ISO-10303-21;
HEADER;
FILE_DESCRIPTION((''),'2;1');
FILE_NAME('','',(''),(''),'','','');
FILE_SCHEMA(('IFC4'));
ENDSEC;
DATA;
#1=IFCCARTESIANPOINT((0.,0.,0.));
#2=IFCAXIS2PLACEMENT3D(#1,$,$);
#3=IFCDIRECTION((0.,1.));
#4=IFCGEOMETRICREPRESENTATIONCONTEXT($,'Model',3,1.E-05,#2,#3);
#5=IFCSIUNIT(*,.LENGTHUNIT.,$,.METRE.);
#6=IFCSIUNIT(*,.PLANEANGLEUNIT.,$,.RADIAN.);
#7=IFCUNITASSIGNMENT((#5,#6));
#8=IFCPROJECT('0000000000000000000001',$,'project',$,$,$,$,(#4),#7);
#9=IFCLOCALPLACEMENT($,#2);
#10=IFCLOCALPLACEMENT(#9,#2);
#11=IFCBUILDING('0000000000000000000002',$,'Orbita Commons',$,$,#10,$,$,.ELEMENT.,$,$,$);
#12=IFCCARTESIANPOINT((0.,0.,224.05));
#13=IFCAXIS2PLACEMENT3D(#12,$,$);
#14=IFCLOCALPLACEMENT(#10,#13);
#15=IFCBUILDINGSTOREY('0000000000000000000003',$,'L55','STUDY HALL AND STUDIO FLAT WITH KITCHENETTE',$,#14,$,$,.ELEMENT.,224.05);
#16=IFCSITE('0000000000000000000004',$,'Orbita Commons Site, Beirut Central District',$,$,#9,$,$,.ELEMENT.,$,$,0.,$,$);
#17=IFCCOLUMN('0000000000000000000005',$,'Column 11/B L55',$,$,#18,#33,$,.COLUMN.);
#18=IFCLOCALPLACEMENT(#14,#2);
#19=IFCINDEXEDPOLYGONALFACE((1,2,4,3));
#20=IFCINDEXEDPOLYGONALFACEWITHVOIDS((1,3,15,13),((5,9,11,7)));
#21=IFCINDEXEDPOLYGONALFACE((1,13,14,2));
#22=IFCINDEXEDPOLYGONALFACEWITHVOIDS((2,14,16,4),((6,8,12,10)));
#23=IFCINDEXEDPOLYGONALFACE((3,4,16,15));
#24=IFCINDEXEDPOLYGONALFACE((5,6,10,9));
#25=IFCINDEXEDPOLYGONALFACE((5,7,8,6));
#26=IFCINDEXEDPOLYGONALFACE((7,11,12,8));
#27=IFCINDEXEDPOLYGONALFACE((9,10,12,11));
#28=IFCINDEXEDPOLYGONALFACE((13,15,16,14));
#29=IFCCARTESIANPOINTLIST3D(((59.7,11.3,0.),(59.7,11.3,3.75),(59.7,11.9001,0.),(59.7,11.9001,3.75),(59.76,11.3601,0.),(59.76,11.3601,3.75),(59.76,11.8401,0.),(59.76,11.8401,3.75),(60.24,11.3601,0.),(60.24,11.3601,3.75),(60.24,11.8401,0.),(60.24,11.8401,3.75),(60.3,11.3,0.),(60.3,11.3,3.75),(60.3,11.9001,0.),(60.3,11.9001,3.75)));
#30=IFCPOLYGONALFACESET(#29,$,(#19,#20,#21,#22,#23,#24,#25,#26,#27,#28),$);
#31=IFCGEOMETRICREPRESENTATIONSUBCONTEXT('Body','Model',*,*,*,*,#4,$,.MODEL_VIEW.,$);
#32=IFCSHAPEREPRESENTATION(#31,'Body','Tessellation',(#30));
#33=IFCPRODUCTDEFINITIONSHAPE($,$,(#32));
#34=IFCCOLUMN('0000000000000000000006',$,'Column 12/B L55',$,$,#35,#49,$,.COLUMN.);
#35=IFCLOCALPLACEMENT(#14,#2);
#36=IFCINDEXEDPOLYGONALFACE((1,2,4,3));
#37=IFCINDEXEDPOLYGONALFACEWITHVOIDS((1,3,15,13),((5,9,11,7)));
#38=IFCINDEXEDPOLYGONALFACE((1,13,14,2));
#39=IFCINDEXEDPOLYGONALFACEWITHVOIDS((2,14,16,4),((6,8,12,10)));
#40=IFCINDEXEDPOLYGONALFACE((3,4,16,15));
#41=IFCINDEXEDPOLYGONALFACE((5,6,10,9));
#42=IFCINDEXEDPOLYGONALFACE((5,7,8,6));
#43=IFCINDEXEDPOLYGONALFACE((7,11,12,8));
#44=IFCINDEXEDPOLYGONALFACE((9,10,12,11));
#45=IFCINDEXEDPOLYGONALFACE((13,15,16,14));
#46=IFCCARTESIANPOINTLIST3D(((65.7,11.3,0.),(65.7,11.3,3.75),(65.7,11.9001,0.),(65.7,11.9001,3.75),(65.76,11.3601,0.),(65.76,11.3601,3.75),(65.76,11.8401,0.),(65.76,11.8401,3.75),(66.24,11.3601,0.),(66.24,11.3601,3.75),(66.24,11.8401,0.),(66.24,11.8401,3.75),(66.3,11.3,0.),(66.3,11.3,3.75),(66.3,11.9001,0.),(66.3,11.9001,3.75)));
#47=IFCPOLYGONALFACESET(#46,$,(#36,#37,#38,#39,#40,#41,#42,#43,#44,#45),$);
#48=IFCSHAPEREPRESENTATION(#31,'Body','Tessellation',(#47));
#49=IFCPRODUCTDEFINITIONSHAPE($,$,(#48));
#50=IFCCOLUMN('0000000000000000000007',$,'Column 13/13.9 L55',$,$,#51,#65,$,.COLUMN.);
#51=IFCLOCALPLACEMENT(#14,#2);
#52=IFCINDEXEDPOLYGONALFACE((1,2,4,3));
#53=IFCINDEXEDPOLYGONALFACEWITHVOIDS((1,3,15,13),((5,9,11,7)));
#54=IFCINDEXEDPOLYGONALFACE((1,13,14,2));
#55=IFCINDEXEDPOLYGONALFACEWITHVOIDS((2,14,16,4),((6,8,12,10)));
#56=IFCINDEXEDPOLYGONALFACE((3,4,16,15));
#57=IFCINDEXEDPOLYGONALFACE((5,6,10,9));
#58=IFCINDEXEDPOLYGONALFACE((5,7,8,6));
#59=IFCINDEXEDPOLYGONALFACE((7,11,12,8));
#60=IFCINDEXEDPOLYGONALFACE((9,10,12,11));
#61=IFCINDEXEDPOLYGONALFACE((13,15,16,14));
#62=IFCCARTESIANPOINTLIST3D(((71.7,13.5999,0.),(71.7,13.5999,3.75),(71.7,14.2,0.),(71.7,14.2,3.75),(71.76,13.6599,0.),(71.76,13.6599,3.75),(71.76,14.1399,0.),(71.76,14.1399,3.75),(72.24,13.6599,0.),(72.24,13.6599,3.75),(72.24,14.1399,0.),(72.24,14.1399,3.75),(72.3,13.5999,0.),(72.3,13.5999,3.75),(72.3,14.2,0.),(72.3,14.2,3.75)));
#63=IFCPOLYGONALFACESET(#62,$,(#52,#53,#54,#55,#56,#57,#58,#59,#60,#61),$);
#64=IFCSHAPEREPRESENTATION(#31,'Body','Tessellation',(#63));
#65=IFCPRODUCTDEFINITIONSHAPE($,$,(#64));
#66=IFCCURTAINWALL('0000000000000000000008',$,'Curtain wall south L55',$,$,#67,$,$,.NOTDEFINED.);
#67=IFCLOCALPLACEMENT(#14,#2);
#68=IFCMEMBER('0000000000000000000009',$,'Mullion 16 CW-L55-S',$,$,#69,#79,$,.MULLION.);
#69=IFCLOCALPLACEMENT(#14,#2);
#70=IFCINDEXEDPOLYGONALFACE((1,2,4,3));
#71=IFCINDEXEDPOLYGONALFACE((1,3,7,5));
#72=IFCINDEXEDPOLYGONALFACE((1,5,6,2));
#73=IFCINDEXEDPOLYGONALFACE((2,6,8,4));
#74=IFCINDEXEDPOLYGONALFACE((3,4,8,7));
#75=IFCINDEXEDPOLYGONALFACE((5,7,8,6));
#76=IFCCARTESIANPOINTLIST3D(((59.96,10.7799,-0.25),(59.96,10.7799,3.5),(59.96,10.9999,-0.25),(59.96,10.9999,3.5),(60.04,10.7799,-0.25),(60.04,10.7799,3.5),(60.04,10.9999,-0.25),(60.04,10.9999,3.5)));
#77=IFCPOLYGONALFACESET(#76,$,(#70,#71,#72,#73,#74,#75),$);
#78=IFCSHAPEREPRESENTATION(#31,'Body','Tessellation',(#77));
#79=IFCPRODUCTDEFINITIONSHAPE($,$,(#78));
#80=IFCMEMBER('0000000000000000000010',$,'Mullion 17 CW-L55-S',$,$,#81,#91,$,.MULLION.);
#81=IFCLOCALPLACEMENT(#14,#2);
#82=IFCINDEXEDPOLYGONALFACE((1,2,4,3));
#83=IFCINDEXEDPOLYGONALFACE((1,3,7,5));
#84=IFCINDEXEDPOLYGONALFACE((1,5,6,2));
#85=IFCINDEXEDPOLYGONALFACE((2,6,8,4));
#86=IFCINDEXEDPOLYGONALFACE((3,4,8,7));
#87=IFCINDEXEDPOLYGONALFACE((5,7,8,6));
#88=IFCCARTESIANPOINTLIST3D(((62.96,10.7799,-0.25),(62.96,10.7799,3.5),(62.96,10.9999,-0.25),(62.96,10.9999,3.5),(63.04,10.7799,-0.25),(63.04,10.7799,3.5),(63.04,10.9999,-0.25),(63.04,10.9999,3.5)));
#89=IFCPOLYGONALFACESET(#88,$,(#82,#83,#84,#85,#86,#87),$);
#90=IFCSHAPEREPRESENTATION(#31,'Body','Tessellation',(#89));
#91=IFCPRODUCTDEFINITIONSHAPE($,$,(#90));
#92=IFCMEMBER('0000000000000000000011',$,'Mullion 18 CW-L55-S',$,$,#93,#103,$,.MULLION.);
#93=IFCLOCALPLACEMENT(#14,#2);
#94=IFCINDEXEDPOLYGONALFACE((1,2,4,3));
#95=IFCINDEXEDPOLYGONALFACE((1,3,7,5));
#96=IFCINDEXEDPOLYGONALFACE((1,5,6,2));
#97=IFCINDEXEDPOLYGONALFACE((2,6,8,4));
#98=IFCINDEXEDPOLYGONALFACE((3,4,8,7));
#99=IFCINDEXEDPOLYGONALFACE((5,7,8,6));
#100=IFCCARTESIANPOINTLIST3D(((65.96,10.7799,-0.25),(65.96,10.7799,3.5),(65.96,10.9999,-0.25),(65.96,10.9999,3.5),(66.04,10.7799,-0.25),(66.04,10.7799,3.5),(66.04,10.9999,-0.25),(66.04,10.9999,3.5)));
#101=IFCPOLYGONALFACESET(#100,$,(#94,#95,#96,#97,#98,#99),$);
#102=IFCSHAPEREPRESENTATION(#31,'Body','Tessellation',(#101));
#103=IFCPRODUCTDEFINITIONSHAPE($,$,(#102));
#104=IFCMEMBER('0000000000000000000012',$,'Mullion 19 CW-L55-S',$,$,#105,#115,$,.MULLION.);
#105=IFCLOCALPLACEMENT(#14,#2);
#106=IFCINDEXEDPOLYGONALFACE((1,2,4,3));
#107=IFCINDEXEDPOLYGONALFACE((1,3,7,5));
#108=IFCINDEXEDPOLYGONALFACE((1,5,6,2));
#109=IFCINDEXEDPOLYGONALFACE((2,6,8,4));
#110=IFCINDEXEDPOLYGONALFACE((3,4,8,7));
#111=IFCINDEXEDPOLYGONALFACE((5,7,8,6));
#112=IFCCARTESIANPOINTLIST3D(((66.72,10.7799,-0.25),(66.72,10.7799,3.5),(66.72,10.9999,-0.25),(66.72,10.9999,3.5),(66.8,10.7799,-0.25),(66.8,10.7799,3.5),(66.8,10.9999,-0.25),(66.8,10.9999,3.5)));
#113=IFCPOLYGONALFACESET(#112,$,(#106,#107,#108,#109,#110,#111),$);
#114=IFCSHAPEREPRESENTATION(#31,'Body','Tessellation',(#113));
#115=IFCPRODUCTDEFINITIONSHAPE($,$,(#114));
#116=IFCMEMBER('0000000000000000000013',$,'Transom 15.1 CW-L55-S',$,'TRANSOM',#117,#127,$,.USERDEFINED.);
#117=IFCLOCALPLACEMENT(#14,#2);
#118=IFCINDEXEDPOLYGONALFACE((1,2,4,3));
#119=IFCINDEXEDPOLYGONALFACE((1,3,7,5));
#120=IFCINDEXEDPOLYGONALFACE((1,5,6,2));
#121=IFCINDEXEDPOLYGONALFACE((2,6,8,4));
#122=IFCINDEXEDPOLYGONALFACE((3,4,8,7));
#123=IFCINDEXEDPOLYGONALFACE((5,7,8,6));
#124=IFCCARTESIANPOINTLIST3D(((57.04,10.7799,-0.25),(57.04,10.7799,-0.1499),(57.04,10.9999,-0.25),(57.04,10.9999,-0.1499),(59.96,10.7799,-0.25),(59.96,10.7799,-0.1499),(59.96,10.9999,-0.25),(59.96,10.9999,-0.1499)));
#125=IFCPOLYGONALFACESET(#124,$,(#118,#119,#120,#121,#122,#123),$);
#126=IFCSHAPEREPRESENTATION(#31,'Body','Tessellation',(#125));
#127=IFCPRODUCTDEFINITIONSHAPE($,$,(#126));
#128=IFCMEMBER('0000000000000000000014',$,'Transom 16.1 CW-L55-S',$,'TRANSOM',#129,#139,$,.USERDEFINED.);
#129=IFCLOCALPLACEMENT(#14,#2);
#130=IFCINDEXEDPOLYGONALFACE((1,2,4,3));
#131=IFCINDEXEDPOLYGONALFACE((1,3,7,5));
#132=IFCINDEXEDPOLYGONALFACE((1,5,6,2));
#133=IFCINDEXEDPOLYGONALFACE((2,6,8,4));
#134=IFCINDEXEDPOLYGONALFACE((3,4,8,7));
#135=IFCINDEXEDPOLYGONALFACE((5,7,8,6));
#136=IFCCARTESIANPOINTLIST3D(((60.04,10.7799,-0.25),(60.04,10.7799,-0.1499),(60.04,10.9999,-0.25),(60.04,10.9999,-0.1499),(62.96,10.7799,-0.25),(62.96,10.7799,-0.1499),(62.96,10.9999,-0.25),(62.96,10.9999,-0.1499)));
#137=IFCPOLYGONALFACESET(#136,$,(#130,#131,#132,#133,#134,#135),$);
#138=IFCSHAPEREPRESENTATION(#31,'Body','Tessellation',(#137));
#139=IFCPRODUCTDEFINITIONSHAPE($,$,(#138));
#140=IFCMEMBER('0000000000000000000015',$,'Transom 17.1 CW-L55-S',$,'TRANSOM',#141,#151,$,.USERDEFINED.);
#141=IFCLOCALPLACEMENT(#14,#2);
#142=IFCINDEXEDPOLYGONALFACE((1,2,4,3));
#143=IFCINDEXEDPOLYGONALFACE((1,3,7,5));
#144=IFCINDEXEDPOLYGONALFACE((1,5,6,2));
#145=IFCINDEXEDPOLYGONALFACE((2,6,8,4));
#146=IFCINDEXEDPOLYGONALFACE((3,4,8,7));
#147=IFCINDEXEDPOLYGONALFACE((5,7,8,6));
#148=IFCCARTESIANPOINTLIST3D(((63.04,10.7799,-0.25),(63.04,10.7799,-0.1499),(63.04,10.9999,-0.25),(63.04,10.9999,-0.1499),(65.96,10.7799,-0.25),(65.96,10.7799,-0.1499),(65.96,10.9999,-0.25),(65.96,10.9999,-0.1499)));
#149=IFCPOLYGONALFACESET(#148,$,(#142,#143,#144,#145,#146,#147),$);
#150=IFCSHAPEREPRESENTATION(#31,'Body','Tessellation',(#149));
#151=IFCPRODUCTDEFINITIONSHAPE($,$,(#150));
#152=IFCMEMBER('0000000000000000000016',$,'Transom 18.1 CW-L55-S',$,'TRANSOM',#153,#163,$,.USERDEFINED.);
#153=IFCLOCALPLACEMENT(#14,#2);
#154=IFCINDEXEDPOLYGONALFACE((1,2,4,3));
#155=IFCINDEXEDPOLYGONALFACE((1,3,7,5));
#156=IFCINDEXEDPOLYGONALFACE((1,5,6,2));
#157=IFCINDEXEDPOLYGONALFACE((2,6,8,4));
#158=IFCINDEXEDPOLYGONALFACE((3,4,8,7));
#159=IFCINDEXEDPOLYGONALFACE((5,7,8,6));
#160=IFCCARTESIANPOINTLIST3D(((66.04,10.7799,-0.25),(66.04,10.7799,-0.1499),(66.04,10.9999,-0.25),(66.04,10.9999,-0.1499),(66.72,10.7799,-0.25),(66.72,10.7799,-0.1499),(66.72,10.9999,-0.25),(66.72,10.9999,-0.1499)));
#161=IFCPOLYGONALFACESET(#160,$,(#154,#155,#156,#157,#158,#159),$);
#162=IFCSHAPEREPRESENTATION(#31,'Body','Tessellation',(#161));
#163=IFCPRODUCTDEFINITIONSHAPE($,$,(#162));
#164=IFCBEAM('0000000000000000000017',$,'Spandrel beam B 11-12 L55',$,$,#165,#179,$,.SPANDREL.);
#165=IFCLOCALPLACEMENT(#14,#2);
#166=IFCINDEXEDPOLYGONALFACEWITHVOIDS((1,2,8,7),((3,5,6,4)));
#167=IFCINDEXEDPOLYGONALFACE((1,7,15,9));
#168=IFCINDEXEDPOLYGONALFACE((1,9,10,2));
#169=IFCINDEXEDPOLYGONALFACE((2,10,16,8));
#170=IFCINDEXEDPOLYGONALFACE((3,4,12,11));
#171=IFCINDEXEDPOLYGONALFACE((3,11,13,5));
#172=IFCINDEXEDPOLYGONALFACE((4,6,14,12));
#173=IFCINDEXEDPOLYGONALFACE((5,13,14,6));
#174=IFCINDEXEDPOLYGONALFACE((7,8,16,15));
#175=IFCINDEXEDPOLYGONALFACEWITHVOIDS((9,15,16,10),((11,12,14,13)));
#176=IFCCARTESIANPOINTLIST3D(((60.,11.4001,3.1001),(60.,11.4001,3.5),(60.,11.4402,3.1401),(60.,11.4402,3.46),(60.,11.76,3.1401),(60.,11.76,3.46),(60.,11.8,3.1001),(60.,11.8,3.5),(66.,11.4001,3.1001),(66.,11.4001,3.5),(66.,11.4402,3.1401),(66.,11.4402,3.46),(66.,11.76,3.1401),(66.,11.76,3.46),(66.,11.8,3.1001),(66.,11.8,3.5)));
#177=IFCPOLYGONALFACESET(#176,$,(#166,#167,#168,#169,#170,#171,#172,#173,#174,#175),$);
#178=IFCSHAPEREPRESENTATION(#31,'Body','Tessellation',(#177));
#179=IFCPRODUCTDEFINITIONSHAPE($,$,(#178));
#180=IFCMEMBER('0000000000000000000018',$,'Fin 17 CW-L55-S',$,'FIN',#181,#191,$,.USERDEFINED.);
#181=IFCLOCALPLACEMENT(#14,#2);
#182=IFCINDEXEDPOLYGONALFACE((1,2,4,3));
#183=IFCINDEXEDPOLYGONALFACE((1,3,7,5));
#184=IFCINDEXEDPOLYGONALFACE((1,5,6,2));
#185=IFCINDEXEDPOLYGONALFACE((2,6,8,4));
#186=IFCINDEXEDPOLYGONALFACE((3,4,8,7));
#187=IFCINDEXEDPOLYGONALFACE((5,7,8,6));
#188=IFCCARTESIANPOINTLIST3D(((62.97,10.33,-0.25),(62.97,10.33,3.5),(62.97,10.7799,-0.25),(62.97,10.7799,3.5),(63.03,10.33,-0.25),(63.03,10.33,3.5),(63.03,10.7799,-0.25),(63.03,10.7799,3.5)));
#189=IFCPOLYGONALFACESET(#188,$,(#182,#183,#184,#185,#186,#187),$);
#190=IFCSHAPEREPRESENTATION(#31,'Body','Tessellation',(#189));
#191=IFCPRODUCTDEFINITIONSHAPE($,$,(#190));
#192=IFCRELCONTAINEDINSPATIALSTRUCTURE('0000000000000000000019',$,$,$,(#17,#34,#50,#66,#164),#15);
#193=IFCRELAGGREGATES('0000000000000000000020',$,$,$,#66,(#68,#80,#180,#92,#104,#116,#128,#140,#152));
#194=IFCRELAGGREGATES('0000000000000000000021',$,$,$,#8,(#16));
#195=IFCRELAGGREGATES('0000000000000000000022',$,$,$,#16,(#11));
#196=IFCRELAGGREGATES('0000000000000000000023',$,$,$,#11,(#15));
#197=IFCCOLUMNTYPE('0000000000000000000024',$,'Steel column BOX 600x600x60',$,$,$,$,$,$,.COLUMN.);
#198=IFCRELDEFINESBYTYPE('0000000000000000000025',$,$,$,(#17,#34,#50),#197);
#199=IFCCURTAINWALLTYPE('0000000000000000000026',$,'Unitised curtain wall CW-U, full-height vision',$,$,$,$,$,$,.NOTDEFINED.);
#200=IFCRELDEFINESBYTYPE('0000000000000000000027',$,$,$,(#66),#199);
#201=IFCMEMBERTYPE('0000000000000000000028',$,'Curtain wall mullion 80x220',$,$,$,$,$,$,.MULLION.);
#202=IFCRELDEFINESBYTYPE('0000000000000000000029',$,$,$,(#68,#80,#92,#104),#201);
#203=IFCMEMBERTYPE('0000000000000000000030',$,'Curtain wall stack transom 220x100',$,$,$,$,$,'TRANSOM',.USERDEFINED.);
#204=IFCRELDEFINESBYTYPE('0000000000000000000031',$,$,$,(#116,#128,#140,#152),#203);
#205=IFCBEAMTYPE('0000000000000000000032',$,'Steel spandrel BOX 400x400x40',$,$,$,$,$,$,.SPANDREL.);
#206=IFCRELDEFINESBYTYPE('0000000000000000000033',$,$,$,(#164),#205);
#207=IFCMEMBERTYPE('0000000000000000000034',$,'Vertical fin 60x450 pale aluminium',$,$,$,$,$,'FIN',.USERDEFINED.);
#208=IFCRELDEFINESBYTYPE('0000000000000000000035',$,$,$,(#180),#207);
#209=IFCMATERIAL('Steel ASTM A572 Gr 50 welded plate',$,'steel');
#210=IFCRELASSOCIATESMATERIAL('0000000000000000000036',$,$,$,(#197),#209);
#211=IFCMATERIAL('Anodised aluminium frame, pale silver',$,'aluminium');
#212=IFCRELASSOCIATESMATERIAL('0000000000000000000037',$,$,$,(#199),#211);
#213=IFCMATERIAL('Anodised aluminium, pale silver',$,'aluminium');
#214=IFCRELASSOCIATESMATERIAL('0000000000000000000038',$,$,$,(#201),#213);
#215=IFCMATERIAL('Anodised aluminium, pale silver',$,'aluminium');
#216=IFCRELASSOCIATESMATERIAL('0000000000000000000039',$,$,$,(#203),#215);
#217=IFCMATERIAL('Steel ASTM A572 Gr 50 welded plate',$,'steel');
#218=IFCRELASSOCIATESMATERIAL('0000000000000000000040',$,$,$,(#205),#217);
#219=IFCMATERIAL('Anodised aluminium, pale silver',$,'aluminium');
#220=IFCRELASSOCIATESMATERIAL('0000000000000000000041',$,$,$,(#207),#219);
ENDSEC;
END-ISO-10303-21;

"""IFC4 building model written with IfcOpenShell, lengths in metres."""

from ifc_helpers import new_model, si_unit, direction, frame, origin, origin_2d, place, context, subcontext, project, spatial, rectangle, hollow_rectangle, extrude, material, material_profile, profile_set, type_object, element, aggregate, save


model = new_model("IFC4")

# Units and contexts
model_context = context("Model", 3, precision=1e-05, world=origin(), true_north=direction((0.0, 1.0)))
body_context = subcontext(model_context, "Body", "Model", "MODEL_VIEW")
ifc_project = project(units=[si_unit("LENGTHUNIT", "METRE"), si_unit("PLANEANGLEUNIT", "RADIAN")], contexts=[model_context])

# Site, building, storey
site_placement = place(None, origin())
site = spatial("IfcSite", under=ifc_project, at=site_placement, Name="Orbita Commons Site, Beirut Central District", CompositionType="ELEMENT", RefElevation=0.0)
building_placement = place(site_placement, origin())
building = spatial("IfcBuilding", under=site, at=building_placement, Name="Orbita Commons", CompositionType="ELEMENT")
storey_placement = place(building_placement, frame((0.0, 0.0, 224.05)))
storey = spatial("IfcBuildingStorey", under=building, at=storey_placement, Name="L55", Description="STUDY HALL AND STUDIO FLAT WITH KITCHENETTE", CompositionType="ELEMENT", Elevation=224.05)

# Columns
ifc_material_1 = material(Name="Steel ASTM A572 Gr 50 welded plate", Category="steel")
ifc_material_profile_1 = material_profile(ifc_material_1, hollow_rectangle(XDim=0.6001, YDim=0.6001, WallThickness=0.0601, at=origin_2d()), Name="BOX 600x600x60")
ifc_profile_set_1 = profile_set([ifc_material_profile_1], Name="Steel ASTM A572 Gr 50 welded plate")
column_type = type_object("IfcColumnType", Name="Steel column BOX 600x600x60", PredefinedType="COLUMN", material=ifc_profile_set_1)
for number, where, z_axis, x_axis, name in (
    (1, (60.0, 11.6001, 0.0), (0.0, 0.0, 1.0), (1.0, 0.0, 0.0), "Column 11/B L55"),
    (2, (66.0, 11.6001, 0.0), (0.0, 0.0, 1.0), (1.0, 0.0, 0.0), "Column 12/B L55"),
    (3, (72.0, 13.8999, 0.0), (0.0, 0.0, 1.0), (1.0, 0.0, 0.0), "Column 13/13.9 L55"),
):
    element("IfcColumn", number, at=place(storey_placement, frame(where, z_axis=z_axis, x_axis=x_axis)), inside=storey, type_object=column_type, Name=name, PredefinedType="COLUMN", context=body_context, shape_type="SweptSolid", body=[
        extrude(hollow_rectangle(XDim=0.6001, YDim=0.6001, WallThickness=0.0601, at=origin_2d()), origin(), (0.0, 0.0, 1.0), 3.75),
    ])

# Curtain wall, members
ifc_material_2 = material(Name="Anodised aluminium frame, pale silver", Category="aluminium")
curtain_wall_type = type_object("IfcCurtainWallType", Name="Unitised curtain wall CW-U, full-height vision", PredefinedType="NOTDEFINED", material=ifc_material_2)
curtain_wall_placement = place(storey_placement, origin())
curtain_wall = element("IfcCurtainWall", 4, at=curtain_wall_placement, inside=storey, type_object=curtain_wall_type, Name="Curtain wall south L55", PredefinedType="NOTDEFINED")
ifc_material_3 = material(Name="Anodised aluminium, pale silver", Category="aluminium")
ifc_material_profile_2 = material_profile(ifc_material_3, rectangle(XDim=0.0801, YDim=0.22, at=origin_2d()), Name="AL 80x220")
ifc_profile_set_2 = profile_set([ifc_material_profile_2], Name="Anodised aluminium, pale silver")
member_type_1 = type_object("IfcMemberType", Name="Curtain wall mullion 80x220", PredefinedType="MULLION", material=ifc_profile_set_2)
member_1_placement = place(storey_placement, frame((60.0, 10.8899, -0.25), z_axis=(0.0, 0.0, 1.0), x_axis=(1.0, 0.0, 0.0)))
member_1 = element("IfcMember", 5, at=member_1_placement, type_object=member_type_1, Name="Mullion 16 CW-L55-S", PredefinedType="MULLION", context=body_context, shape_type="SweptSolid", body=[
    extrude(rectangle(XDim=0.0801, YDim=0.22, at=origin_2d()), origin(), (0.0, 0.0, 1.0), 3.75),
])
member_2_placement = place(storey_placement, frame((63.0, 10.8899, -0.25), z_axis=(0.0, 0.0, 1.0), x_axis=(1.0, 0.0, 0.0)))
member_2 = element("IfcMember", 6, at=member_2_placement, type_object=member_type_1, Name="Mullion 17 CW-L55-S", PredefinedType="MULLION", context=body_context, shape_type="SweptSolid", body=[
    extrude(rectangle(XDim=0.0801, YDim=0.22, at=origin_2d()), origin(), (0.0, 0.0, 1.0), 3.75),
])
member_3_placement = place(storey_placement, frame((66.0, 10.8899, -0.25), z_axis=(0.0, 0.0, 1.0), x_axis=(1.0, 0.0, 0.0)))
member_3 = element("IfcMember", 7, at=member_3_placement, type_object=member_type_1, Name="Mullion 18 CW-L55-S", PredefinedType="MULLION", context=body_context, shape_type="SweptSolid", body=[
    extrude(rectangle(XDim=0.0801, YDim=0.22, at=origin_2d()), origin(), (0.0, 0.0, 1.0), 3.75),
])
member_4_placement = place(storey_placement, frame((66.76, 10.8899, -0.25), z_axis=(0.0, 0.0, 1.0), x_axis=(1.0, 0.0, 0.0)))
member_4 = element("IfcMember", 8, at=member_4_placement, type_object=member_type_1, Name="Mullion 19 CW-L55-S", PredefinedType="MULLION", context=body_context, shape_type="SweptSolid", body=[
    extrude(rectangle(XDim=0.0801, YDim=0.22, at=origin_2d()), origin(), (0.0, 0.0, 1.0), 3.75),
])
ifc_material_4 = material(Name="Anodised aluminium, pale silver", Category="aluminium")
ifc_material_profile_3 = material_profile(ifc_material_4, rectangle(XDim=0.22, YDim=0.1001, at=origin_2d()), Name="AL 220x100")
ifc_profile_set_3 = profile_set([ifc_material_profile_3], Name="Anodised aluminium, pale silver")
member_type_2 = type_object("IfcMemberType", Name="Curtain wall stack transom 220x100", ElementType="TRANSOM", PredefinedType="USERDEFINED", material=ifc_profile_set_3)
member_5_placement = place(storey_placement, frame((57.04, 10.8899, -0.2), z_axis=(1.0, 0.0, 0.0), x_axis=(0.0, 1.0, 0.0)))
member_5 = element("IfcMember", 9, at=member_5_placement, type_object=member_type_2, Name="Transom 15.1 CW-L55-S", ObjectType="TRANSOM", PredefinedType="USERDEFINED", context=body_context, shape_type="SweptSolid", body=[
    extrude(rectangle(XDim=0.22, YDim=0.1001, at=origin_2d()), origin(), (0.0, 0.0, 1.0), 2.9199),
])
member_6_placement = place(storey_placement, frame((60.04, 10.8899, -0.2), z_axis=(1.0, 0.0, 0.0), x_axis=(0.0, 1.0, 0.0)))
member_6 = element("IfcMember", 10, at=member_6_placement, type_object=member_type_2, Name="Transom 16.1 CW-L55-S", ObjectType="TRANSOM", PredefinedType="USERDEFINED", context=body_context, shape_type="SweptSolid", body=[
    extrude(rectangle(XDim=0.22, YDim=0.1001, at=origin_2d()), origin(), (0.0, 0.0, 1.0), 2.9199),
])
member_7_placement = place(storey_placement, frame((63.04, 10.8899, -0.2), z_axis=(1.0, 0.0, 0.0), x_axis=(0.0, 1.0, 0.0)))
member_7 = element("IfcMember", 11, at=member_7_placement, type_object=member_type_2, Name="Transom 17.1 CW-L55-S", ObjectType="TRANSOM", PredefinedType="USERDEFINED", context=body_context, shape_type="SweptSolid", body=[
    extrude(rectangle(XDim=0.22, YDim=0.1001, at=origin_2d()), origin(), (0.0, 0.0, 1.0), 2.9199),
])
member_8_placement = place(storey_placement, frame((66.04, 10.8899, -0.2), z_axis=(1.0, 0.0, 0.0), x_axis=(0.0, 1.0, 0.0)))
member_8 = element("IfcMember", 12, at=member_8_placement, type_object=member_type_2, Name="Transom 18.1 CW-L55-S", ObjectType="TRANSOM", PredefinedType="USERDEFINED", context=body_context, shape_type="SweptSolid", body=[
    extrude(rectangle(XDim=0.22, YDim=0.1001, at=origin_2d()), origin(), (0.0, 0.0, 1.0), 0.6799),
])

# Beam
ifc_material_5 = material(Name="Steel ASTM A572 Gr 50 welded plate", Category="steel")
ifc_material_profile_4 = material_profile(ifc_material_5, hollow_rectangle(XDim=0.3999, YDim=0.3999, WallThickness=0.04, at=origin_2d()), Name="BOX 400x400x40")
ifc_profile_set_4 = profile_set([ifc_material_profile_4], Name="Steel ASTM A572 Gr 50 welded plate")
beam_type = type_object("IfcBeamType", Name="Steel spandrel BOX 400x400x40", PredefinedType="SPANDREL", material=ifc_profile_set_4)
beam_placement = place(storey_placement, frame((60.0, 11.6001, 3.3), z_axis=(1.0, 0.0, 0.0), x_axis=(0.0, 1.0, 0.0)))
element("IfcBeam", 13, at=beam_placement, inside=storey, type_object=beam_type, Name="Spandrel beam B 11-12 L55", PredefinedType="SPANDREL", context=body_context, shape_type="SweptSolid", body=[
    extrude(hollow_rectangle(XDim=0.3999, YDim=0.3999, WallThickness=0.04, at=origin_2d()), origin(), (0.0, 0.0, 1.0), 6.0),
])

# Member
ifc_material_6 = material(Name="Anodised aluminium, pale silver", Category="aluminium")
ifc_material_profile_5 = material_profile(ifc_material_6, rectangle(XDim=0.0601, YDim=0.45, at=origin_2d()), Name="FIN 60x450")
ifc_profile_set_5 = profile_set([ifc_material_profile_5], Name="Anodised aluminium, pale silver")
member_type_3 = type_object("IfcMemberType", Name="Vertical fin 60x450 pale aluminium", ElementType="FIN", PredefinedType="USERDEFINED", material=ifc_profile_set_5)
member_9_placement = place(storey_placement, frame((63.0, 10.5549, -0.25), z_axis=(0.0, 0.0, 1.0), x_axis=(1.0, 0.0, 0.0)))
member_9 = element("IfcMember", 14, at=member_9_placement, type_object=member_type_3, Name="Fin 17 CW-L55-S", ObjectType="FIN", PredefinedType="USERDEFINED", context=body_context, shape_type="SweptSolid", body=[
    extrude(rectangle(XDim=0.0601, YDim=0.45, at=origin_2d()), origin(), (0.0, 0.0, 1.0), 3.75),
])

aggregate(curtain_wall, [member_1, member_2, member_9, member_3, member_4, member_5, member_6, member_7, member_8])

save(model, "model.ifc")
